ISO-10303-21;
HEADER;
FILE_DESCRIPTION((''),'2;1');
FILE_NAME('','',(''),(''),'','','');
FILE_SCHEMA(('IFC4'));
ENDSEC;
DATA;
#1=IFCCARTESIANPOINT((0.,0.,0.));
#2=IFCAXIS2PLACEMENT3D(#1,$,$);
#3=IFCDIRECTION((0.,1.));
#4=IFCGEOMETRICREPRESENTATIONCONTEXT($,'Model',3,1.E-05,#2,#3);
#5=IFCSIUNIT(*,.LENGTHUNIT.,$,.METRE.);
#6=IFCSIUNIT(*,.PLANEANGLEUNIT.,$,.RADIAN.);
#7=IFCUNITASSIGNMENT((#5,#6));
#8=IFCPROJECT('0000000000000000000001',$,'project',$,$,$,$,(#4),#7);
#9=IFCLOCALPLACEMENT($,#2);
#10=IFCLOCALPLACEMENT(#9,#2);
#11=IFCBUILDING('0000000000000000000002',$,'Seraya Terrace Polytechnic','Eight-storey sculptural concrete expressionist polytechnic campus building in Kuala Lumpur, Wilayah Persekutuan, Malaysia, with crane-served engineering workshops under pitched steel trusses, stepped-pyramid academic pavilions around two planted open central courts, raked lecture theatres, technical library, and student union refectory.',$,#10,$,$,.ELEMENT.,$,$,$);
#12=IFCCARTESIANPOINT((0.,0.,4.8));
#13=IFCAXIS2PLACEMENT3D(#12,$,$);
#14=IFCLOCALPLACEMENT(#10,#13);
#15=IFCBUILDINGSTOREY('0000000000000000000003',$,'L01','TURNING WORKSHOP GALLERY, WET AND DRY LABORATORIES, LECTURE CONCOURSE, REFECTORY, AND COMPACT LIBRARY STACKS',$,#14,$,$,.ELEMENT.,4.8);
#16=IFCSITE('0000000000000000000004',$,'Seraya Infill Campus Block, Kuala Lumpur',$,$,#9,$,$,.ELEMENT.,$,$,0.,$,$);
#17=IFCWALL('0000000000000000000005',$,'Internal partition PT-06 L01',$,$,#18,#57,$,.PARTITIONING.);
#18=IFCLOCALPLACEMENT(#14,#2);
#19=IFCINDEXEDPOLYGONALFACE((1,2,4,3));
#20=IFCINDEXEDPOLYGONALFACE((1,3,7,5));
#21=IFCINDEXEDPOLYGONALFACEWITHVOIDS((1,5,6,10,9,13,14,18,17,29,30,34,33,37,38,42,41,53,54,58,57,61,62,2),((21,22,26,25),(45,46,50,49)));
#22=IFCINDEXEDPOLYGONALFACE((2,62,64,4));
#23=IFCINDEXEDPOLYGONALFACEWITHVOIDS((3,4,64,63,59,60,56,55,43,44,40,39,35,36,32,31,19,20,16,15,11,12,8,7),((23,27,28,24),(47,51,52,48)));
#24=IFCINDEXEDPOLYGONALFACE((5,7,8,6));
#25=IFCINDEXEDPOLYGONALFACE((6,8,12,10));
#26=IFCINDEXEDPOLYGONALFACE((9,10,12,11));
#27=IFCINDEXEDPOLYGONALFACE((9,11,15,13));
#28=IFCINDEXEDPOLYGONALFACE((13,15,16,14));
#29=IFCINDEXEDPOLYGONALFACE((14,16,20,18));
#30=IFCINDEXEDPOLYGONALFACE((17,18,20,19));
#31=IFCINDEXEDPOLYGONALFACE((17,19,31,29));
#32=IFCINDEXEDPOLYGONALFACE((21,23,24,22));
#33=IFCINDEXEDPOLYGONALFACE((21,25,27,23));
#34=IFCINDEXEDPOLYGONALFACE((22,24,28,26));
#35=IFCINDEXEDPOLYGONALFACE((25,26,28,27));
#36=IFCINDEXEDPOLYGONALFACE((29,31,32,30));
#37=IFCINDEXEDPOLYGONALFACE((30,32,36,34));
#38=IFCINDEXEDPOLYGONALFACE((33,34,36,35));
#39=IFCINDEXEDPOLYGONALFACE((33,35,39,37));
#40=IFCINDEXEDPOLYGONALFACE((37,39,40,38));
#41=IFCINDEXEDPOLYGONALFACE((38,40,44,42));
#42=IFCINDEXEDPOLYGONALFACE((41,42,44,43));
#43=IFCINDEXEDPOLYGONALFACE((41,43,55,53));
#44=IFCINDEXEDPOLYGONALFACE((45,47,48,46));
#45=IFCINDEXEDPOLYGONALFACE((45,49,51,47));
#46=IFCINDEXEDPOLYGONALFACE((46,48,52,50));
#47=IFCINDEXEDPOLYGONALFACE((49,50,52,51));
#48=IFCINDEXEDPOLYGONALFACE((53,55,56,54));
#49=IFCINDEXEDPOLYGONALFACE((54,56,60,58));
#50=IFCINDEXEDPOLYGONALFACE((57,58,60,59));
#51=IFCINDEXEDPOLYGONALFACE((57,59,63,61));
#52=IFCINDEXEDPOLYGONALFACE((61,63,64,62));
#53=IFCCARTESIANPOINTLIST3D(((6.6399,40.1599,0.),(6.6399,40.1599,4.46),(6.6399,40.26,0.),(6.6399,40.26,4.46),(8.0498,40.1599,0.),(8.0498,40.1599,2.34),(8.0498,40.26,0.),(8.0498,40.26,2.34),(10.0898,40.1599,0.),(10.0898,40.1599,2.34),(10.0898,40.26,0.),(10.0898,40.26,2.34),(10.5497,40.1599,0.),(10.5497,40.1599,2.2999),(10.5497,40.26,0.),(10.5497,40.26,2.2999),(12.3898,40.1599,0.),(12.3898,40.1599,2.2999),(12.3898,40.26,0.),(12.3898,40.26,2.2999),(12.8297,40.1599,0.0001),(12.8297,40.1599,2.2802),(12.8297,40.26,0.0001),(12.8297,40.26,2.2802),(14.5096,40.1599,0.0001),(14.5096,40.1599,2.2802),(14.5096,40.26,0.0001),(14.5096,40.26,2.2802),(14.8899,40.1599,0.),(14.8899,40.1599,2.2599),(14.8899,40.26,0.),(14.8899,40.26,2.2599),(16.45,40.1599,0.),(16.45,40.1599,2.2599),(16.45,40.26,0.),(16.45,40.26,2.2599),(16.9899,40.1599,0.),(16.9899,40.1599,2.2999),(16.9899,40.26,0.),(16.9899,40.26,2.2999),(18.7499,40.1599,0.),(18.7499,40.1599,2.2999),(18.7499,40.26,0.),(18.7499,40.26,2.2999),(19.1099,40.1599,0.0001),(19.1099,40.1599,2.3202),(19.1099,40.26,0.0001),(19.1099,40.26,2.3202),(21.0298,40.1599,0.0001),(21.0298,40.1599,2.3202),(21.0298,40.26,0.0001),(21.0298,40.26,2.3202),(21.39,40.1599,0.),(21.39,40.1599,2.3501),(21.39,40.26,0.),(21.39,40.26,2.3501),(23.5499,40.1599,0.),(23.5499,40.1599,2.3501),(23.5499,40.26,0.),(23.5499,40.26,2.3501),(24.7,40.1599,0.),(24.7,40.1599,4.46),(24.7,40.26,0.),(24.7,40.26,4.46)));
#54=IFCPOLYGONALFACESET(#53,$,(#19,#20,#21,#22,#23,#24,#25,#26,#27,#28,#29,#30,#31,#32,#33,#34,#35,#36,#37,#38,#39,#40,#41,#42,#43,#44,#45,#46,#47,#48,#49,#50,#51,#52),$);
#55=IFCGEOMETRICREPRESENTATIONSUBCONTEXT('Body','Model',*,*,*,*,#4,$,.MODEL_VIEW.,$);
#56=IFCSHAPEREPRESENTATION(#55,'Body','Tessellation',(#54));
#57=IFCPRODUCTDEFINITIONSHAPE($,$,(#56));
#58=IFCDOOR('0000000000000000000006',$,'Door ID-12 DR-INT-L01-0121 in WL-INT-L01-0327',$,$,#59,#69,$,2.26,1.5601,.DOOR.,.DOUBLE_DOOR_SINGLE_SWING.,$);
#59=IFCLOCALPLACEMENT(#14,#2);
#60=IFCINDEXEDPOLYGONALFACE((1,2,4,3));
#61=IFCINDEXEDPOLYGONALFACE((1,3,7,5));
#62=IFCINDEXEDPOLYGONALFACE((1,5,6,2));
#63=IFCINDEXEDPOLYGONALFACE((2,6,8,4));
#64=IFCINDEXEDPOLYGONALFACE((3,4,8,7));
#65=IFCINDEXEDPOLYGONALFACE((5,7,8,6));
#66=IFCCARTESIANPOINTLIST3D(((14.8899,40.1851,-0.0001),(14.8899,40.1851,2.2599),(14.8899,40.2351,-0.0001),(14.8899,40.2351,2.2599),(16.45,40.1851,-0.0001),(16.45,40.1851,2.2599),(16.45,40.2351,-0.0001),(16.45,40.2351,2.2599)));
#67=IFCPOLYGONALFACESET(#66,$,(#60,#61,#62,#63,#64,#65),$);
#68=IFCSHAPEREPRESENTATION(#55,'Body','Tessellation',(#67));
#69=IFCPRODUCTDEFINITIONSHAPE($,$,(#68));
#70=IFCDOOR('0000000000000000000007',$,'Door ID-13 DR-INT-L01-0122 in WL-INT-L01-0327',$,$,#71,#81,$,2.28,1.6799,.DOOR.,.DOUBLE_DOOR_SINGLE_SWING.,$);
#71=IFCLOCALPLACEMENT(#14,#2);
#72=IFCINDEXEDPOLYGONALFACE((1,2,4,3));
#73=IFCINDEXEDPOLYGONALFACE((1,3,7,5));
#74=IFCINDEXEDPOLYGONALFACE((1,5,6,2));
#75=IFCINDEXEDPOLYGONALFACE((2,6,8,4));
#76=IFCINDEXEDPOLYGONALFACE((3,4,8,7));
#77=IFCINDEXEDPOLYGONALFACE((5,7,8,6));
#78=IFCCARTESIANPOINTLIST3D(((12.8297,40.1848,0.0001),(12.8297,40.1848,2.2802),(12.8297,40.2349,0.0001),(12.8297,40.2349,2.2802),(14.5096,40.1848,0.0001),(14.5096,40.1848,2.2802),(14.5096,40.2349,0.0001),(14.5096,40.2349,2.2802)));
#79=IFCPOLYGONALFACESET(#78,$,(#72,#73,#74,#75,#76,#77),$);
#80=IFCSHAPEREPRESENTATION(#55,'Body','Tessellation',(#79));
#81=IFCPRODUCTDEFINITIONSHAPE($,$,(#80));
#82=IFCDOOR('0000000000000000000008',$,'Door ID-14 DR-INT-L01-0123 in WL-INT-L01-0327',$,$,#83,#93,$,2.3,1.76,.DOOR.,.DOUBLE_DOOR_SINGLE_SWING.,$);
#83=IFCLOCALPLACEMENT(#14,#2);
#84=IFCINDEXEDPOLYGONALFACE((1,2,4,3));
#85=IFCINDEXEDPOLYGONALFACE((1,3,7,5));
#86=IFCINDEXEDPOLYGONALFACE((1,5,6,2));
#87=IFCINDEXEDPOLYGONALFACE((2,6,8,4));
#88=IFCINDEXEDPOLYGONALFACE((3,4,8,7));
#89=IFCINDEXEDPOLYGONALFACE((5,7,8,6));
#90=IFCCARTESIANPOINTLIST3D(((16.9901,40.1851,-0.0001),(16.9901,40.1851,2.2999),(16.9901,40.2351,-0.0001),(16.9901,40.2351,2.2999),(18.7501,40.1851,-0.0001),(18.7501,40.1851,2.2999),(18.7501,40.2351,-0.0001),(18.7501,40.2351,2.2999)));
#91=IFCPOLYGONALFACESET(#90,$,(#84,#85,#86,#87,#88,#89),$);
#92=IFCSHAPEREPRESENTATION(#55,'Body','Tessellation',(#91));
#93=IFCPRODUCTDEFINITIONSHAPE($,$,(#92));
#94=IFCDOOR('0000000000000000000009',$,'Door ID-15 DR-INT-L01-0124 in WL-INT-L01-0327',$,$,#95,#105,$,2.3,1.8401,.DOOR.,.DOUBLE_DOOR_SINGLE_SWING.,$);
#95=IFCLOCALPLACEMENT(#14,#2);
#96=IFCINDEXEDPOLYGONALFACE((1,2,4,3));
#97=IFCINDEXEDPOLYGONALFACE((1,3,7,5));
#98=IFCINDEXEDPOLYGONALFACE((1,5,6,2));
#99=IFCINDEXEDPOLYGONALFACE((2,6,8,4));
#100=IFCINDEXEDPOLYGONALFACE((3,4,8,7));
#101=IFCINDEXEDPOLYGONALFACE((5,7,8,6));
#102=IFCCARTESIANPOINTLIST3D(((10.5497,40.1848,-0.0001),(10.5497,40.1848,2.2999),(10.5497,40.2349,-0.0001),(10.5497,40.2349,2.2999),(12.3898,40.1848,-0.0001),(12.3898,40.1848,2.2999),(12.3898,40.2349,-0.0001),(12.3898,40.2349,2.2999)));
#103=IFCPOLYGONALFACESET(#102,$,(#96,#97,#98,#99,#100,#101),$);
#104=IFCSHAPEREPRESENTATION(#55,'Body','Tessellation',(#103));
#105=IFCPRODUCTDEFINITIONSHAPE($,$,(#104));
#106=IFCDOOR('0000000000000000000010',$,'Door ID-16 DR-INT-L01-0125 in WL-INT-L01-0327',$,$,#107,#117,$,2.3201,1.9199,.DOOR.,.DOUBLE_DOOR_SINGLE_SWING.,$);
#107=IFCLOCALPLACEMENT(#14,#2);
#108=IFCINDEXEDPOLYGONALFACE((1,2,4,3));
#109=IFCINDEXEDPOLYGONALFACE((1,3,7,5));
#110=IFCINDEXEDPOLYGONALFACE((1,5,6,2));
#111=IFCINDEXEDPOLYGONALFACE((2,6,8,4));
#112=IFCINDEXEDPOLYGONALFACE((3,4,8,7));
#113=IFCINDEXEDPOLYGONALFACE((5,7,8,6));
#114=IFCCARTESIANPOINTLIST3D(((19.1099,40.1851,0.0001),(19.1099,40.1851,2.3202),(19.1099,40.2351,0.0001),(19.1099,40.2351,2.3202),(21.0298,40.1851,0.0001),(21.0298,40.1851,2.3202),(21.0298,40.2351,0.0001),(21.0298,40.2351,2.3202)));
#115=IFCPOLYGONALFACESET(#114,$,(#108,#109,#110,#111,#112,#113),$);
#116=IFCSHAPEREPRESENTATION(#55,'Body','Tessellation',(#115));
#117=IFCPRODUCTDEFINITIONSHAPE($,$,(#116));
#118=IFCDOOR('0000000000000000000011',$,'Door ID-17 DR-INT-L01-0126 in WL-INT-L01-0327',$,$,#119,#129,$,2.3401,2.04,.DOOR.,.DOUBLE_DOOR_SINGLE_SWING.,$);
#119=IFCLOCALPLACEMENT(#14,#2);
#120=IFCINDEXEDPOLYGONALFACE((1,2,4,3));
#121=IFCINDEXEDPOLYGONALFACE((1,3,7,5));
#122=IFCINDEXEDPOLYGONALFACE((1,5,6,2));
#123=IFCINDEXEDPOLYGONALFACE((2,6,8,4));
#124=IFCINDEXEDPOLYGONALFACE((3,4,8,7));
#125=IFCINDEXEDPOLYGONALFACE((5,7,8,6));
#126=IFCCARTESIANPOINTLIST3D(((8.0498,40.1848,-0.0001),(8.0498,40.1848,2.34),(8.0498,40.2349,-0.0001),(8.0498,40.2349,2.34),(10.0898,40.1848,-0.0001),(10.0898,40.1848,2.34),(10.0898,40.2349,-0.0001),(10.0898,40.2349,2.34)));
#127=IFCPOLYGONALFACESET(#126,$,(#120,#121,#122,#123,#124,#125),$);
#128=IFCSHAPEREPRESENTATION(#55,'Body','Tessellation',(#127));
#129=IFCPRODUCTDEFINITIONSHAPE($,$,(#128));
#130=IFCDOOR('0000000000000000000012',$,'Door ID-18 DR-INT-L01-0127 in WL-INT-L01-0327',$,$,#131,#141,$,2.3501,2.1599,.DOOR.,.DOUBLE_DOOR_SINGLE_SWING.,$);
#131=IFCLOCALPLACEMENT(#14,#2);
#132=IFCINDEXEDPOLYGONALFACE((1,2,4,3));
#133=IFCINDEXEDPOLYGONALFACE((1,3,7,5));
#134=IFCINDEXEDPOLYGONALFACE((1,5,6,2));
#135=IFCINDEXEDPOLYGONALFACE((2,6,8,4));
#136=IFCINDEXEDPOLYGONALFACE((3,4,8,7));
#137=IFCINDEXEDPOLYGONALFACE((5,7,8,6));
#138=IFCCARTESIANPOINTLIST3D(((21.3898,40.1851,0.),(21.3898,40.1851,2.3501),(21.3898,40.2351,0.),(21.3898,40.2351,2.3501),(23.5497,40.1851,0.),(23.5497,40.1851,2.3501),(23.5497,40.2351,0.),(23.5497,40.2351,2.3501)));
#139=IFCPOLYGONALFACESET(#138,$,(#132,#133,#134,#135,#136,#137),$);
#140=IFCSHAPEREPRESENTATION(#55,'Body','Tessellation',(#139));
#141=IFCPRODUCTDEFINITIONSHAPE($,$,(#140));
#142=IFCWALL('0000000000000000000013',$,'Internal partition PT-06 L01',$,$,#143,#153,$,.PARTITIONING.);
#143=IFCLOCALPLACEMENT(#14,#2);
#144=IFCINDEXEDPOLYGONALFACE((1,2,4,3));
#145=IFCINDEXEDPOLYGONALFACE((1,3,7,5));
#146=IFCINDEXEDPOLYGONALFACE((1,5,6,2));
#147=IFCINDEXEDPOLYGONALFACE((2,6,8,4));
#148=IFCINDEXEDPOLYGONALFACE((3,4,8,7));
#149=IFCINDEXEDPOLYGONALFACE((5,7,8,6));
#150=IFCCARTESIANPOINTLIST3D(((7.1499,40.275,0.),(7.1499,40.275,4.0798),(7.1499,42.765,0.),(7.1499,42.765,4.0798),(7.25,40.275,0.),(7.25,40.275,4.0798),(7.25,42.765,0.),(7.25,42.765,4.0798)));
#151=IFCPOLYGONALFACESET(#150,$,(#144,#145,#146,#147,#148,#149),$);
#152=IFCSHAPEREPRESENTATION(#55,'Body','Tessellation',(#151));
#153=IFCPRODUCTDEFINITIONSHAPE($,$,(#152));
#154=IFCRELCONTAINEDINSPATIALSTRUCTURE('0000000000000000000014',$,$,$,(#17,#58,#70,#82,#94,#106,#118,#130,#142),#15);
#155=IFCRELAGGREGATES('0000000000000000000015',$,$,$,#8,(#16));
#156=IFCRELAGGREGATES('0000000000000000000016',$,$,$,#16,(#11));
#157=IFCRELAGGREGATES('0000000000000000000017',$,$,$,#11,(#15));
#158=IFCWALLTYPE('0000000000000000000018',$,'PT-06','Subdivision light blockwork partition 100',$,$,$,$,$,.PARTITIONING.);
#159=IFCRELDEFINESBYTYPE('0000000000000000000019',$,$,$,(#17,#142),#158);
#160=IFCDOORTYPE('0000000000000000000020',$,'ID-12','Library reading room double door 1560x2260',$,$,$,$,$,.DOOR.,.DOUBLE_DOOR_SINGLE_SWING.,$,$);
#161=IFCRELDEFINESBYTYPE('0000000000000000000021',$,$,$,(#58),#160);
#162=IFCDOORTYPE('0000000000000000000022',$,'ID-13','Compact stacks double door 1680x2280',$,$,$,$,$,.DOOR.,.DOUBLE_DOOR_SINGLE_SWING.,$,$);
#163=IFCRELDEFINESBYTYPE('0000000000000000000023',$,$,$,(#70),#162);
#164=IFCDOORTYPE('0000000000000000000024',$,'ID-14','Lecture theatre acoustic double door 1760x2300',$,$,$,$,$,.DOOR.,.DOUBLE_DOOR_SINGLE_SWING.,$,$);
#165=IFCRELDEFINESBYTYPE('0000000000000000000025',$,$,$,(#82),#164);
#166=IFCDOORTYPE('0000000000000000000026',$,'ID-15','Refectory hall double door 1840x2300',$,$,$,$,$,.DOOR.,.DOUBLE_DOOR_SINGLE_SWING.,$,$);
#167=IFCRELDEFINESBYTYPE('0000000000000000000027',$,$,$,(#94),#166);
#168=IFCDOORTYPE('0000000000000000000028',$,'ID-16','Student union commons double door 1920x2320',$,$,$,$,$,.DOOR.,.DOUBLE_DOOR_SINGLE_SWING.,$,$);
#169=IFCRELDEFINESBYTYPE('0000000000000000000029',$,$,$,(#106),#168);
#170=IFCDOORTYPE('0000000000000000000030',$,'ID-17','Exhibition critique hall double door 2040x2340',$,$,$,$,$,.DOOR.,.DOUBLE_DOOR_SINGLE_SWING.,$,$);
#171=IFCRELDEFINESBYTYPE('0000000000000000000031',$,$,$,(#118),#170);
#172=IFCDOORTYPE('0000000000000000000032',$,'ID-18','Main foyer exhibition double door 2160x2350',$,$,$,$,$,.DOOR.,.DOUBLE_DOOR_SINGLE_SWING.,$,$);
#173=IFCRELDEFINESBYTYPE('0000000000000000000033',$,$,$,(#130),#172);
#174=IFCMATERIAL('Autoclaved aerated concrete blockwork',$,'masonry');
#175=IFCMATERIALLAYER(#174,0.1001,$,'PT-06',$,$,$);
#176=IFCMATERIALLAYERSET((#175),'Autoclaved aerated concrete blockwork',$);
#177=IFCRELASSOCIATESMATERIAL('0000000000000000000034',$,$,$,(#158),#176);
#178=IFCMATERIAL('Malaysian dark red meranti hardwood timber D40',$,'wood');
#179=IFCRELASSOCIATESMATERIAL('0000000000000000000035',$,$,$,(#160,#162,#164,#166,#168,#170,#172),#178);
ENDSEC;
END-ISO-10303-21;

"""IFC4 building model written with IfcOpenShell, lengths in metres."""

from ifc_helpers import new_model, si_unit, direction, frame, frame_2d, origin, place, context, subcontext, project, spatial, rectangle, extrude, material, layer, layer_set, type_object, element, fill, save


model = new_model("IFC4")

# Units and contexts
model_context = context("Model", 3, precision=1e-05, world=origin(), true_north=direction((0.0, 1.0)))
body_context = subcontext(model_context, "Body", "Model", "MODEL_VIEW")
ifc_project = project(units=[si_unit("LENGTHUNIT", "METRE"), si_unit("PLANEANGLEUNIT", "RADIAN")], contexts=[model_context])

# Site, building, storey
site_placement = place(None, origin())
site = spatial("IfcSite", under=ifc_project, at=site_placement, Name="Seraya Infill Campus Block, Kuala Lumpur", CompositionType="ELEMENT", RefElevation=0.0)
building_placement = place(site_placement, origin())
building = spatial("IfcBuilding", under=site, at=building_placement, Name="Seraya Terrace Polytechnic", Description="Eight-storey sculptural concrete expressionist polytechnic campus building in Kuala Lumpur, Wilayah Persekutuan, Malaysia, with crane-served engineering workshops under pitched steel trusses, stepped-pyramid academic pavilions around two planted open central courts, raked lecture theatres, technical library, and student union refectory.", CompositionType="ELEMENT")
storey_placement = place(building_placement, frame((0.0, 0.0, 4.8)))
storey = spatial("IfcBuildingStorey", under=building, at=storey_placement, Name="L01", Description="TURNING WORKSHOP GALLERY, WET AND DRY LABORATORIES, LECTURE CONCOURSE, REFECTORY, AND COMPACT LIBRARY STACKS", CompositionType="ELEMENT", Elevation=4.8)

# Shared definitions
ifc_material_1 = material(Name="Autoclaved aerated concrete blockwork", Category="masonry")

# Wall, openings, doors
ifc_layer_1 = layer(ifc_material_1, 0.1001, Name="PT-06")
ifc_layer_set_1 = layer_set([ifc_layer_1], Name="Autoclaved aerated concrete blockwork")
wall_type_1 = type_object("IfcWallType", Name="PT-06", Description="Subdivision light blockwork partition 100", PredefinedType="PARTITIONING", material=ifc_layer_set_1)
wall_1_placement = place(storey_placement, frame((6.6399, 40.21, 0.0), z_axis=(0.0, 0.0, 1.0), x_axis=(1.0, 0.0, 0.0)))
wall_1 = element("IfcWall", 1, at=wall_1_placement, inside=storey, type_object=wall_type_1, Name="Internal partition PT-06 L01", PredefinedType="PARTITIONING", context=body_context, shape_type="SweptSolid", body=[
    extrude(rectangle(XDim=18.0601, YDim=0.1001, at=frame_2d((9.03, 0.0))), origin(), (0.0, 0.0, 1.0), 4.46),
])
opening_1_placement = place(wall_1_placement, frame((8.25, 0.0, 0.0)))
opening_1 = element("IfcOpeningElement", 2, at=opening_1_placement, cuts=wall_1, PredefinedType="OPENING", context=body_context, shape_type="SweptSolid", body=[
    extrude(rectangle(XDim=1.5601, YDim=2.26, at=frame_2d((0.78, 1.1299))), frame((0.0, 0.062, 0.0), z_axis=(0.0, -1.0, 0.0), x_axis=(1.0, 0.0, 0.0)), (0.0, 0.0, 1.0), 0.124),
])
opening_2_placement = place(wall_1_placement, frame((6.1899, 0.0, 0.0)))
opening_2 = element("IfcOpeningElement", 3, at=opening_2_placement, cuts=wall_1, PredefinedType="OPENING", context=body_context, shape_type="SweptSolid", body=[
    extrude(rectangle(XDim=1.6799, YDim=2.28, at=frame_2d((0.8398, 1.1401))), frame((0.0, 0.062, 0.0), z_axis=(0.0, -1.0, 0.0), x_axis=(1.0, 0.0, 0.0)), (0.0, 0.0, 1.0), 0.124),
])
opening_3_placement = place(wall_1_placement, frame((10.3501, 0.0, 0.0)))
opening_3 = element("IfcOpeningElement", 4, at=opening_3_placement, cuts=wall_1, PredefinedType="OPENING", context=body_context, shape_type="SweptSolid", body=[
    extrude(rectangle(XDim=1.76, YDim=2.3, at=frame_2d((0.8799, 1.1499))), frame((0.0, 0.062, 0.0), z_axis=(0.0, -1.0, 0.0), x_axis=(1.0, 0.0, 0.0)), (0.0, 0.0, 1.0), 0.124),
])
opening_4_placement = place(wall_1_placement, frame((3.9099, 0.0, 0.0)))
opening_4 = element("IfcOpeningElement", 5, at=opening_4_placement, cuts=wall_1, PredefinedType="OPENING", context=body_context, shape_type="SweptSolid", body=[
    extrude(rectangle(XDim=1.8401, YDim=2.3, at=frame_2d((0.9199, 1.1499))), frame((0.0, 0.062, 0.0), z_axis=(0.0, -1.0, 0.0), x_axis=(1.0, 0.0, 0.0)), (0.0, 0.0, 1.0), 0.124),
])
opening_5_placement = place(wall_1_placement, frame((12.47, 0.0, 0.0)))
opening_5 = element("IfcOpeningElement", 6, at=opening_5_placement, cuts=wall_1, PredefinedType="OPENING", context=body_context, shape_type="SweptSolid", body=[
    extrude(rectangle(XDim=1.9199, YDim=2.3201, at=frame_2d((0.96, 1.1602))), frame((0.0, 0.062, 0.0), z_axis=(0.0, -1.0, 0.0), x_axis=(1.0, 0.0, 0.0)), (0.0, 0.0, 1.0), 0.124),
])
opening_6_placement = place(wall_1_placement, frame((1.4099, 0.0, 0.0)))
opening_6 = element("IfcOpeningElement", 7, at=opening_6_placement, cuts=wall_1, PredefinedType="OPENING", context=body_context, shape_type="SweptSolid", body=[
    extrude(rectangle(XDim=2.04, YDim=2.3401, at=frame_2d((1.02, 1.1699))), frame((0.0, 0.062, 0.0), z_axis=(0.0, -1.0, 0.0), x_axis=(1.0, 0.0, 0.0)), (0.0, 0.0, 1.0), 0.124),
])
opening_7_placement = place(wall_1_placement, frame((14.75, 0.0, 0.0)))
opening_7 = element("IfcOpeningElement", 8, at=opening_7_placement, cuts=wall_1, PredefinedType="OPENING", context=body_context, shape_type="SweptSolid", body=[
    extrude(rectangle(XDim=2.1599, YDim=2.3501, at=frame_2d((1.0801, 1.175))), frame((0.0, 0.062, 0.0), z_axis=(0.0, -1.0, 0.0), x_axis=(1.0, 0.0, 0.0)), (0.0, 0.0, 1.0), 0.124),
])
ifc_material_2 = material(Name="Malaysian dark red meranti hardwood timber D40", Category="wood")
door_type_1 = type_object("IfcDoorType", Name="ID-12", Description="Library reading room double door 1560x2260", OperationType="DOUBLE_DOOR_SINGLE_SWING", PredefinedType="DOOR", material=ifc_material_2)
door_1_placement = place(opening_1_placement, frame((1.5601, 0.0, 0.0), z_axis=(0.0, 0.0, 1.0), x_axis=(-1.0, 0.0, 0.0)))
door_1 = element("IfcDoor", 9, at=door_1_placement, inside=storey, type_object=door_type_1, Name="Door ID-12 DR-INT-L01-0121 in WL-INT-L01-0327", OperationType="DOUBLE_DOOR_SINGLE_SWING", OverallHeight=2.26, OverallWidth=1.5601, PredefinedType="DOOR", context=body_context, shape_type="SweptSolid", body=[
    extrude(rectangle(XDim=1.5601, YDim=2.26, at=frame_2d((0.78, 1.1299))), frame((0.0, 0.0249, 0.0), z_axis=(0.0, -1.0, 0.0), x_axis=(1.0, 0.0, 0.0)), (0.0, 0.0, 1.0), 0.05),
])
fill(opening_1, door_1)
door_type_2 = type_object("IfcDoorType", Name="ID-13", Description="Compact stacks double door 1680x2280", OperationType="DOUBLE_DOOR_SINGLE_SWING", PredefinedType="DOOR", material=ifc_material_2)
door_2_placement = place(opening_2_placement, origin())
door_2 = element("IfcDoor", 10, at=door_2_placement, inside=storey, type_object=door_type_2, Name="Door ID-13 DR-INT-L01-0122 in WL-INT-L01-0327", OperationType="DOUBLE_DOOR_SINGLE_SWING", OverallHeight=2.28, OverallWidth=1.6799, PredefinedType="DOOR", context=body_context, shape_type="SweptSolid", body=[
    extrude(rectangle(XDim=1.6799, YDim=2.28, at=frame_2d((0.8398, 1.1401))), frame((0.0, 0.0249, 0.0), z_axis=(0.0, -1.0, 0.0), x_axis=(1.0, 0.0, 0.0)), (0.0, 0.0, 1.0), 0.05),
])
fill(opening_2, door_2)
door_type_3 = type_object("IfcDoorType", Name="ID-14", Description="Lecture theatre acoustic double door 1760x2300", OperationType="DOUBLE_DOOR_SINGLE_SWING", PredefinedType="DOOR", material=ifc_material_2)
door_3_placement = place(opening_3_placement, frame((1.76, 0.0, 0.0), z_axis=(0.0, 0.0, 1.0), x_axis=(-1.0, 0.0, 0.0)))
door_3 = element("IfcDoor", 11, at=door_3_placement, inside=storey, type_object=door_type_3, Name="Door ID-14 DR-INT-L01-0123 in WL-INT-L01-0327", OperationType="DOUBLE_DOOR_SINGLE_SWING", OverallHeight=2.3, OverallWidth=1.76, PredefinedType="DOOR", context=body_context, shape_type="SweptSolid", body=[
    extrude(rectangle(XDim=1.76, YDim=2.3, at=frame_2d((0.8799, 1.1499))), frame((0.0, 0.0249, 0.0), z_axis=(0.0, -1.0, 0.0), x_axis=(1.0, 0.0, 0.0)), (0.0, 0.0, 1.0), 0.05),
])
fill(opening_3, door_3)
door_type_4 = type_object("IfcDoorType", Name="ID-15", Description="Refectory hall double door 1840x2300", OperationType="DOUBLE_DOOR_SINGLE_SWING", PredefinedType="DOOR", material=ifc_material_2)
door_4_placement = place(opening_4_placement, origin())
door_4 = element("IfcDoor", 12, at=door_4_placement, inside=storey, type_object=door_type_4, Name="Door ID-15 DR-INT-L01-0124 in WL-INT-L01-0327", OperationType="DOUBLE_DOOR_SINGLE_SWING", OverallHeight=2.3, OverallWidth=1.8401, PredefinedType="DOOR", context=body_context, shape_type="SweptSolid", body=[
    extrude(rectangle(XDim=1.8401, YDim=2.3, at=frame_2d((0.9199, 1.1499))), frame((0.0, 0.0249, 0.0), z_axis=(0.0, -1.0, 0.0), x_axis=(1.0, 0.0, 0.0)), (0.0, 0.0, 1.0), 0.05),
])
fill(opening_4, door_4)
door_type_5 = type_object("IfcDoorType", Name="ID-16", Description="Student union commons double door 1920x2320", OperationType="DOUBLE_DOOR_SINGLE_SWING", PredefinedType="DOOR", material=ifc_material_2)
door_5_placement = place(opening_5_placement, frame((1.9199, 0.0, 0.0), z_axis=(0.0, 0.0, 1.0), x_axis=(-1.0, 0.0, 0.0)))
door_5 = element("IfcDoor", 13, at=door_5_placement, inside=storey, type_object=door_type_5, Name="Door ID-16 DR-INT-L01-0125 in WL-INT-L01-0327", OperationType="DOUBLE_DOOR_SINGLE_SWING", OverallHeight=2.3201, OverallWidth=1.9199, PredefinedType="DOOR", context=body_context, shape_type="SweptSolid", body=[
    extrude(rectangle(XDim=1.9199, YDim=2.3201, at=frame_2d((0.96, 1.1602))), frame((0.0, 0.0249, 0.0), z_axis=(0.0, -1.0, 0.0), x_axis=(1.0, 0.0, 0.0)), (0.0, 0.0, 1.0), 0.05),
])
fill(opening_5, door_5)
door_type_6 = type_object("IfcDoorType", Name="ID-17", Description="Exhibition critique hall double door 2040x2340", OperationType="DOUBLE_DOOR_SINGLE_SWING", PredefinedType="DOOR", material=ifc_material_2)
door_6_placement = place(opening_6_placement, origin())
door_6 = element("IfcDoor", 14, at=door_6_placement, inside=storey, type_object=door_type_6, Name="Door ID-17 DR-INT-L01-0126 in WL-INT-L01-0327", OperationType="DOUBLE_DOOR_SINGLE_SWING", OverallHeight=2.3401, OverallWidth=2.04, PredefinedType="DOOR", context=body_context, shape_type="SweptSolid", body=[
    extrude(rectangle(XDim=2.04, YDim=2.3401, at=frame_2d((1.02, 1.1699))), frame((0.0, 0.0249, 0.0), z_axis=(0.0, -1.0, 0.0), x_axis=(1.0, 0.0, 0.0)), (0.0, 0.0, 1.0), 0.05),
])
fill(opening_6, door_6)
door_type_7 = type_object("IfcDoorType", Name="ID-18", Description="Main foyer exhibition double door 2160x2350", OperationType="DOUBLE_DOOR_SINGLE_SWING", PredefinedType="DOOR", material=ifc_material_2)
door_7_placement = place(opening_7_placement, frame((2.1599, 0.0, 0.0), z_axis=(0.0, 0.0, 1.0), x_axis=(-1.0, 0.0, 0.0)))
door_7 = element("IfcDoor", 15, at=door_7_placement, inside=storey, type_object=door_type_7, Name="Door ID-18 DR-INT-L01-0127 in WL-INT-L01-0327", OperationType="DOUBLE_DOOR_SINGLE_SWING", OverallHeight=2.3501, OverallWidth=2.1599, PredefinedType="DOOR", context=body_context, shape_type="SweptSolid", body=[
    extrude(rectangle(XDim=2.1599, YDim=2.3501, at=frame_2d((1.0801, 1.175))), frame((0.0, 0.0249, 0.0), z_axis=(0.0, -1.0, 0.0), x_axis=(1.0, 0.0, 0.0)), (0.0, 0.0, 1.0), 0.05),
])
fill(opening_7, door_7)

# Wall
wall_2_placement = place(storey_placement, frame((7.2, 40.2749, 0.0), z_axis=(0.0, 0.0, 1.0), x_axis=(0.0, 1.0, 0.0)))
element("IfcWall", 16, at=wall_2_placement, inside=storey, type_object=wall_type_1, Name="Internal partition PT-06 L01", PredefinedType="PARTITIONING", context=body_context, shape_type="SweptSolid", body=[
    extrude(rectangle(XDim=2.49, YDim=0.1001, at=frame_2d((1.2451, 0.0))), origin(), (0.0, 0.0, 1.0), 4.0798),
])

save(model, "model.ifc")
